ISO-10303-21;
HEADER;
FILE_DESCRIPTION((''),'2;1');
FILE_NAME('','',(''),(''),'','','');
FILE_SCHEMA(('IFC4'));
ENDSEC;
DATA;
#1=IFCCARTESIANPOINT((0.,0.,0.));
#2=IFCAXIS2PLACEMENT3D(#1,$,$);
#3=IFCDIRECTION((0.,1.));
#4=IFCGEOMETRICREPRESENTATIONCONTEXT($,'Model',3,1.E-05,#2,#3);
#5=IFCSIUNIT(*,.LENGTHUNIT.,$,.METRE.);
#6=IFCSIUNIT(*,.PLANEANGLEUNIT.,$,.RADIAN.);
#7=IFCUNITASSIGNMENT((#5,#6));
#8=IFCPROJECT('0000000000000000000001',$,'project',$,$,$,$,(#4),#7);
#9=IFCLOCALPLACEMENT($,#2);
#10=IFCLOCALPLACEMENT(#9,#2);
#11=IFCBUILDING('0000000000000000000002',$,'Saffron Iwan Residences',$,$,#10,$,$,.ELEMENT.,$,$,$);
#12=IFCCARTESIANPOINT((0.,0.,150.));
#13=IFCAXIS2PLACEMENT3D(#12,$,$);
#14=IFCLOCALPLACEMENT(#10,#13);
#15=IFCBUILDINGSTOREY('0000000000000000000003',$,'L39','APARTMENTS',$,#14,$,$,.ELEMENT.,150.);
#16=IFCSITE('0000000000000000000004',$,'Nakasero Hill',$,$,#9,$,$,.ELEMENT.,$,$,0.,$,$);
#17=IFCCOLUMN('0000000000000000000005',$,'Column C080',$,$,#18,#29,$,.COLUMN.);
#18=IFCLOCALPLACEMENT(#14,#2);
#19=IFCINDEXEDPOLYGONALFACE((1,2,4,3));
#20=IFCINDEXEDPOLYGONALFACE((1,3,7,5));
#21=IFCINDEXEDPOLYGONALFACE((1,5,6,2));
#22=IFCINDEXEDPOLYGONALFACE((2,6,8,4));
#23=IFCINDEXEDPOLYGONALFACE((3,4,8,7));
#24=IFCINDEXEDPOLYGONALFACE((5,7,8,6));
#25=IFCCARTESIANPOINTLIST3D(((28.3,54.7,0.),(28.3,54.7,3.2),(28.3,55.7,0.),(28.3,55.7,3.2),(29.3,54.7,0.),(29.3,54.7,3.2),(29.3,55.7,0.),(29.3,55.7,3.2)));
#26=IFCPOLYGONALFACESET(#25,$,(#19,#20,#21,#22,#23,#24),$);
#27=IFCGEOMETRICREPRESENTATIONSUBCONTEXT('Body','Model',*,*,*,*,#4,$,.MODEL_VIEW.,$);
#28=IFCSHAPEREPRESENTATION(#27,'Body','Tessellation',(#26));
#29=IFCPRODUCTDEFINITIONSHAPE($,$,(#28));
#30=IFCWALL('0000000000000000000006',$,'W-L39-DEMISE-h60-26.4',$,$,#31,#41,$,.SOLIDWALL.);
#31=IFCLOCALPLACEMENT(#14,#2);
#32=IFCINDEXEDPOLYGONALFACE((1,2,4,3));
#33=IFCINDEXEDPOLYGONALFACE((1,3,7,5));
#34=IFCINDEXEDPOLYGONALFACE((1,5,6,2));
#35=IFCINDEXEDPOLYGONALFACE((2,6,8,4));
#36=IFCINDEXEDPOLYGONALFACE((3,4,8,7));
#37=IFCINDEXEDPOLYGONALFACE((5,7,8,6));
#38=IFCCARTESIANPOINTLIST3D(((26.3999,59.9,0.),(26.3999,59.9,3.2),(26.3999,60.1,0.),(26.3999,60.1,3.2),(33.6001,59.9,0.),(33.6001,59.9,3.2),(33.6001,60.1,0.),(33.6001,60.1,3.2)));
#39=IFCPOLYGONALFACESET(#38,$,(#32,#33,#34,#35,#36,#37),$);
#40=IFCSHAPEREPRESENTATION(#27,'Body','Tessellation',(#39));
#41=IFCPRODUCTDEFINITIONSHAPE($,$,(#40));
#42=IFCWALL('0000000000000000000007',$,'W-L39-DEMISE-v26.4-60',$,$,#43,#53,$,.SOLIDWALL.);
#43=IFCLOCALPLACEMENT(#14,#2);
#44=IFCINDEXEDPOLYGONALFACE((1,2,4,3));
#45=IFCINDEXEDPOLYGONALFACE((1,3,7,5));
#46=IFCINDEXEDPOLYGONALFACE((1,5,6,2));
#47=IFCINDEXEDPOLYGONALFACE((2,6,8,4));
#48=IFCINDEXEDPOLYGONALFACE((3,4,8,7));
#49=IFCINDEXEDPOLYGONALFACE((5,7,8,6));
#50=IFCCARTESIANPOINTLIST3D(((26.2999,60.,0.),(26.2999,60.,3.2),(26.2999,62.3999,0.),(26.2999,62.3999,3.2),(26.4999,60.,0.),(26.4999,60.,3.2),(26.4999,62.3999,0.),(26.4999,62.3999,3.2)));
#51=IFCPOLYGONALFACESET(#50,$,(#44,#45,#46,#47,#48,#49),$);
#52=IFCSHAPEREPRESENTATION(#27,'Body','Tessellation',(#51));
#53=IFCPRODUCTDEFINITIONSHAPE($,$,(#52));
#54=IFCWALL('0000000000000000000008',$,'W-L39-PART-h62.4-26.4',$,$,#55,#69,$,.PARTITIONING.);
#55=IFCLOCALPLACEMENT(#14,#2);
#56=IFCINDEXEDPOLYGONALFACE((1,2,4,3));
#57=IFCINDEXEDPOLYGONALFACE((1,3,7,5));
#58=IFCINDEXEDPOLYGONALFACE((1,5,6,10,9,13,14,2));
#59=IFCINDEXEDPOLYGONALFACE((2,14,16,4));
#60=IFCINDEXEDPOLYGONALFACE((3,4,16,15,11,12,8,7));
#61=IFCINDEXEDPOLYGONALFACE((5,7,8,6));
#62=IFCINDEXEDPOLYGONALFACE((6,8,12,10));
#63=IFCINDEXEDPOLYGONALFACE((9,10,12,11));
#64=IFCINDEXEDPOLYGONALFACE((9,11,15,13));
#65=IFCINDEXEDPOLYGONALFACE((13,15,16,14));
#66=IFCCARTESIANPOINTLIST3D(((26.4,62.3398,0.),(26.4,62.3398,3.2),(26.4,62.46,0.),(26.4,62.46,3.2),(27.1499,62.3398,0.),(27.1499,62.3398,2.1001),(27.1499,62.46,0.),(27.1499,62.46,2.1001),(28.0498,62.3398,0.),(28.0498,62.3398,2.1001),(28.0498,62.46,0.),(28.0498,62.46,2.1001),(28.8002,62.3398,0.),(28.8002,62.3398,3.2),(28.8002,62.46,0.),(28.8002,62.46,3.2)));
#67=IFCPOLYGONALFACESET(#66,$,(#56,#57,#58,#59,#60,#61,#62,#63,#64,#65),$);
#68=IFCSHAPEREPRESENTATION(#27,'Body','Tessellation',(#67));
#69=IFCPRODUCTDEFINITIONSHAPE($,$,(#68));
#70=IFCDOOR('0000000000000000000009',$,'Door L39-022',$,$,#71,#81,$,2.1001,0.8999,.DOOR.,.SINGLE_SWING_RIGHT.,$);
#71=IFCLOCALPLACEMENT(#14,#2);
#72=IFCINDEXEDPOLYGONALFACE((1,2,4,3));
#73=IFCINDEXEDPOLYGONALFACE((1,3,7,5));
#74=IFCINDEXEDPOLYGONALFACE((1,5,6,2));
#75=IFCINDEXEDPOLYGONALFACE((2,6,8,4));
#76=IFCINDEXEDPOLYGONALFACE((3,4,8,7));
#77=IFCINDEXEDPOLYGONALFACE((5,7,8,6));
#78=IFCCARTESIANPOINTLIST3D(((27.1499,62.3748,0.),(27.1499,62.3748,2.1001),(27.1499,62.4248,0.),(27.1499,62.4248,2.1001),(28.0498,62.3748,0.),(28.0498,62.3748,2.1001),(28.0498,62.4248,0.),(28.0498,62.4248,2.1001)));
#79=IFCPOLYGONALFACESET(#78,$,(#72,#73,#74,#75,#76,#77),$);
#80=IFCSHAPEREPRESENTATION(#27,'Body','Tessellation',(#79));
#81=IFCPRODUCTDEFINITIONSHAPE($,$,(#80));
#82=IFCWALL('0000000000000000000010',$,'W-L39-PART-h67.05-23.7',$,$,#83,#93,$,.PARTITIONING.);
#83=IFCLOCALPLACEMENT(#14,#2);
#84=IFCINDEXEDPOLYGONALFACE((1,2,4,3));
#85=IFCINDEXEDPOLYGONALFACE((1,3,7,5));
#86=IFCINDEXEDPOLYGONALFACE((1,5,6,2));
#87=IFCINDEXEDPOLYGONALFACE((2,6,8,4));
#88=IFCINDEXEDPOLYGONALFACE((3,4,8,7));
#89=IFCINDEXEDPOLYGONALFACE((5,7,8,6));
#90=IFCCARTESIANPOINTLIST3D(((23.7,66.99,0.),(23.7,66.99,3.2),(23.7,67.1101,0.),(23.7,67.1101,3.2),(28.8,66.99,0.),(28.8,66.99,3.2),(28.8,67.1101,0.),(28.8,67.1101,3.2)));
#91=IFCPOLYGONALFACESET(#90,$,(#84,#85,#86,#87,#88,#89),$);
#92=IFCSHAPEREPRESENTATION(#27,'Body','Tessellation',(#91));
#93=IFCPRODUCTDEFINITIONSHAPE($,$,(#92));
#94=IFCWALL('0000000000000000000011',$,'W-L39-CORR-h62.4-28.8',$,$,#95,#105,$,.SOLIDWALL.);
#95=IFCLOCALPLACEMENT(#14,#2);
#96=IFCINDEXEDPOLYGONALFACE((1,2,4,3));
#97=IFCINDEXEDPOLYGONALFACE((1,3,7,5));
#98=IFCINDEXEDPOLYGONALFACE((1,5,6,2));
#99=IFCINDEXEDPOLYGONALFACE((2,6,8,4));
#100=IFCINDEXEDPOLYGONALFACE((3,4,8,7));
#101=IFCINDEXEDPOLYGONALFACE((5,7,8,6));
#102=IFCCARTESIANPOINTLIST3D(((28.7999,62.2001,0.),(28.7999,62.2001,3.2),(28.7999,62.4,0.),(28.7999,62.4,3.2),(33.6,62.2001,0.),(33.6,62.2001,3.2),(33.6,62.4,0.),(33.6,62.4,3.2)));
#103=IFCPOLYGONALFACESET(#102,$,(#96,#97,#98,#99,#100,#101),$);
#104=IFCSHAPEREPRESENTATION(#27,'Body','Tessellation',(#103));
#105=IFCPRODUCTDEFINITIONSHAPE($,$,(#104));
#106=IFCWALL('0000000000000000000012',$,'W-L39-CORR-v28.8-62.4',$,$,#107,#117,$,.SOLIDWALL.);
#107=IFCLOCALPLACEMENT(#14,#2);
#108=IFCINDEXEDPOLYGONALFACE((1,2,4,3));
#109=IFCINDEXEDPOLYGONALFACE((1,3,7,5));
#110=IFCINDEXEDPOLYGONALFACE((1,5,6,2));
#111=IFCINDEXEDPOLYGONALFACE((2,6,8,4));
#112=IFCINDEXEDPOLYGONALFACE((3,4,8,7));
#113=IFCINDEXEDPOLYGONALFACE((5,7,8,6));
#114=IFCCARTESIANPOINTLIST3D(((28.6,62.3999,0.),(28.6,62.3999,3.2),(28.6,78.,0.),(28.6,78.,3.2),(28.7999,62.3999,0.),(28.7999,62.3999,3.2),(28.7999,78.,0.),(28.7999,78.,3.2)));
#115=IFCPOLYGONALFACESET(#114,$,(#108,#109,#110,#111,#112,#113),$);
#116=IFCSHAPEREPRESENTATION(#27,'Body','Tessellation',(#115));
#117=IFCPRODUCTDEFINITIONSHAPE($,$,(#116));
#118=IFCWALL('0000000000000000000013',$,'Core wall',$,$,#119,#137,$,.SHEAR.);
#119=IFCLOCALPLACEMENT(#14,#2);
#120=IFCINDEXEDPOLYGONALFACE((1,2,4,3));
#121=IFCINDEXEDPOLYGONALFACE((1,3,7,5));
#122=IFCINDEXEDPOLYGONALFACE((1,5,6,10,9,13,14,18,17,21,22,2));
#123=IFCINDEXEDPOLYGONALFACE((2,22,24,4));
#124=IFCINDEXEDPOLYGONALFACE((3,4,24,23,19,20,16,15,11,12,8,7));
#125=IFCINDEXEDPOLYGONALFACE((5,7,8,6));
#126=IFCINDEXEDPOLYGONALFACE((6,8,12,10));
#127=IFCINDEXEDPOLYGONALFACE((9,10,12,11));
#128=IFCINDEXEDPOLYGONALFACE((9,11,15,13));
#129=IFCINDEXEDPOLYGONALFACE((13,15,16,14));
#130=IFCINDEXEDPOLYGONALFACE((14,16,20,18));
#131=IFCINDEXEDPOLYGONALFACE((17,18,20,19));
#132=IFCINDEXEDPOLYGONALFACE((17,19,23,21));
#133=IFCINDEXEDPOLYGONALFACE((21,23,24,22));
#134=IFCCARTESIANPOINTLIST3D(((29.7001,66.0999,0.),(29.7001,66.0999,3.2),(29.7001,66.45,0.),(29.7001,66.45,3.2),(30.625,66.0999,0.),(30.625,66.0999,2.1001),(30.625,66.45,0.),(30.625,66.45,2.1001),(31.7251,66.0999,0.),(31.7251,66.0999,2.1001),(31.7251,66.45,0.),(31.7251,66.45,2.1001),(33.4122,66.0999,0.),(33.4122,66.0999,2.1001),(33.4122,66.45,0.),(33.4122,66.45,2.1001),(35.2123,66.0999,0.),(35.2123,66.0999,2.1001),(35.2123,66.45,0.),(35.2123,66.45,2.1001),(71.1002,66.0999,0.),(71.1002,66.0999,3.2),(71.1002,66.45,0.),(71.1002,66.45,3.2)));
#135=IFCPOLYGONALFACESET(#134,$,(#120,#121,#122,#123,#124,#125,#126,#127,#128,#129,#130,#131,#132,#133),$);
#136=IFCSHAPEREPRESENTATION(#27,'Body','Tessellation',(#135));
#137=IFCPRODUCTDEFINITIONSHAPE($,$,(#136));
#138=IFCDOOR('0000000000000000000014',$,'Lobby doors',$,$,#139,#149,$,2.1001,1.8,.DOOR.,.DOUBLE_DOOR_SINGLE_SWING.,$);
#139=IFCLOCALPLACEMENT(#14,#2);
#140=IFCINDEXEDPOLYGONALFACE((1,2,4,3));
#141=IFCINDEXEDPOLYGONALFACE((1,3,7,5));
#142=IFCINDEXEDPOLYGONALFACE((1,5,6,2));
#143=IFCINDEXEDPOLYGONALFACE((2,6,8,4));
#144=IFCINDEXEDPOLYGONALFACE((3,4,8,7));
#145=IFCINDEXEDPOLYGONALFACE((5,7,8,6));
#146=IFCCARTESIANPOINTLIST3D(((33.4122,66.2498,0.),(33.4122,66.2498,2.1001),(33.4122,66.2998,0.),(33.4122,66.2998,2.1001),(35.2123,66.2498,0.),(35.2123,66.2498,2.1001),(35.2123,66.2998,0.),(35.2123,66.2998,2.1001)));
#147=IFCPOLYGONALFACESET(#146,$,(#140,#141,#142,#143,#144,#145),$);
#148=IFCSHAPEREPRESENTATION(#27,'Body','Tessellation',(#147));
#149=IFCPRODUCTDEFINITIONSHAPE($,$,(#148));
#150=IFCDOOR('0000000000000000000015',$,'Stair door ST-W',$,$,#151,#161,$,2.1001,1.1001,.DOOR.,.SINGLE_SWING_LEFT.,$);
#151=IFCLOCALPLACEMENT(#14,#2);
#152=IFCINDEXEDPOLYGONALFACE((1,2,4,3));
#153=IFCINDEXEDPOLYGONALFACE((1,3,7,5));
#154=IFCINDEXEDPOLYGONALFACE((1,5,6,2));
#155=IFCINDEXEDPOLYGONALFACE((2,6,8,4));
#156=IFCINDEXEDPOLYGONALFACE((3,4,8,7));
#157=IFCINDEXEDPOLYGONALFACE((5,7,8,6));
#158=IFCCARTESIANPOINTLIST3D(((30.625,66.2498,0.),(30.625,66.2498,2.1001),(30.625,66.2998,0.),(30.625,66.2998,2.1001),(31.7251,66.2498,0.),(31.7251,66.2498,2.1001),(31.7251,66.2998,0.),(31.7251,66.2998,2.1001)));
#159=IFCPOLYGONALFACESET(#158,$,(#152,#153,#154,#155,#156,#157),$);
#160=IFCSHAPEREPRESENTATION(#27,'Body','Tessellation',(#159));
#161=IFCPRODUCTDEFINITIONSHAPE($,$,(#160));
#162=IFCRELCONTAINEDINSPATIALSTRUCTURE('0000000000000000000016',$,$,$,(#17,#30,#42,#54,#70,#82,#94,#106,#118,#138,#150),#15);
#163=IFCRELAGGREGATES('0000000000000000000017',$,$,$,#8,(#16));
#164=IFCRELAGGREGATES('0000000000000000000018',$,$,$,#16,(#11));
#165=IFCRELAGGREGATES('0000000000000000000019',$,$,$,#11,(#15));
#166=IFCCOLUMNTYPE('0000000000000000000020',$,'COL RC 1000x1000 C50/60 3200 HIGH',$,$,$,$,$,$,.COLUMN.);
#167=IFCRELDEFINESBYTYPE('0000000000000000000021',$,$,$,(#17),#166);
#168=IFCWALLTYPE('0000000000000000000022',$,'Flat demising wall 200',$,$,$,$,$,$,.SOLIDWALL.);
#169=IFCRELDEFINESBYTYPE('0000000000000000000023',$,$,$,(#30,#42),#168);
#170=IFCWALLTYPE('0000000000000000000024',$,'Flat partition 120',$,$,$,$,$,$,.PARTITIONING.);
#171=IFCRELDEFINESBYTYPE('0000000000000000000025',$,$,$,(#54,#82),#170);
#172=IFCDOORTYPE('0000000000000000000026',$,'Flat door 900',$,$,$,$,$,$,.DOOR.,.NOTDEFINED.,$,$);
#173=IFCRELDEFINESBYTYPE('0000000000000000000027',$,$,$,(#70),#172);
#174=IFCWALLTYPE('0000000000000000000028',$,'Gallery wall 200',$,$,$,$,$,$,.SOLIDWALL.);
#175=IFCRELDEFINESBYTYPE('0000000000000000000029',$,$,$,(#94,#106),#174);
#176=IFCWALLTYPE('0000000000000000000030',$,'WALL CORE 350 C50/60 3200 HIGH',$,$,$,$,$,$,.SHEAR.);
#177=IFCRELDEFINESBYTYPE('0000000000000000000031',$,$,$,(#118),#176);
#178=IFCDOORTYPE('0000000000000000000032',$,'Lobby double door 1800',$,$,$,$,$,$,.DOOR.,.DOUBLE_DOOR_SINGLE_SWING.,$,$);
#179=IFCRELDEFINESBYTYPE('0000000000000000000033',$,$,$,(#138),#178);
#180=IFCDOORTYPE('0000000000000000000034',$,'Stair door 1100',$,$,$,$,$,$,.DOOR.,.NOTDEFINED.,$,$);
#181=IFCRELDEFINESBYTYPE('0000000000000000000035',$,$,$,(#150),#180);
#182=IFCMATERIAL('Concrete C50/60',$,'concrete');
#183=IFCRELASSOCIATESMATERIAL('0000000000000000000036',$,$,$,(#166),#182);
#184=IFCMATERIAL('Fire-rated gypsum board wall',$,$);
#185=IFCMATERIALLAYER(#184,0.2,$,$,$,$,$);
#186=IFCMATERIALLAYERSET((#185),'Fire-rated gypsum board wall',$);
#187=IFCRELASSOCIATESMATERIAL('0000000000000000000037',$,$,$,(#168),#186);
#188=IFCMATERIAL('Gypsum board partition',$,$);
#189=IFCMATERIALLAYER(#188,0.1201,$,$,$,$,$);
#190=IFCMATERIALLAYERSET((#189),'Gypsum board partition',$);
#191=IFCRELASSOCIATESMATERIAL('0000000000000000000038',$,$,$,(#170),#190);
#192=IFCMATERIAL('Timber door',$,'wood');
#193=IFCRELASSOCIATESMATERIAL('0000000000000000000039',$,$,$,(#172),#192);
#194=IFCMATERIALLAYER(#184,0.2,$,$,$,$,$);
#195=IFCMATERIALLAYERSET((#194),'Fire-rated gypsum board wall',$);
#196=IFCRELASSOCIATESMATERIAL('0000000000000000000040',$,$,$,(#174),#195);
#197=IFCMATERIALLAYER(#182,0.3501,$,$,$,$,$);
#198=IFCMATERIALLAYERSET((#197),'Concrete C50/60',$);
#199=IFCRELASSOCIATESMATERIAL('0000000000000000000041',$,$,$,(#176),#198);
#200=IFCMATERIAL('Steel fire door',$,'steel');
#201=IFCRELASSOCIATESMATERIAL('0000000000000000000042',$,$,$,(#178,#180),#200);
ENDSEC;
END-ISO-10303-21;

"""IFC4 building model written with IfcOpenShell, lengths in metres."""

from ifc_helpers import new_model, si_unit, direction, frame, frame_2d, origin, origin_2d, place, context, subcontext, project, spatial, rectangle, extrude, source, transform, mapped, material, layer, layer_set, material_profile, profile_set, type_object, element, fill, save


model = new_model("IFC4")

# Units and contexts
model_context = context("Model", 3, precision=1e-05, world=origin(), true_north=direction((0.0, 1.0)))
body_context = subcontext(model_context, "Body", "Model", "MODEL_VIEW")
ifc_project = project(units=[si_unit("LENGTHUNIT", "METRE"), si_unit("PLANEANGLEUNIT", "RADIAN")], contexts=[model_context])

# Site, building, storey
site_placement = place(None, origin())
site = spatial("IfcSite", under=ifc_project, at=site_placement, Name="Nakasero Hill", CompositionType="ELEMENT", RefElevation=0.0)
building_placement = place(site_placement, origin())
building = spatial("IfcBuilding", under=site, at=building_placement, Name="Saffron Iwan Residences", CompositionType="ELEMENT")
storey_placement = place(building_placement, frame((0.0, 0.0, 150.0)))
storey = spatial("IfcBuildingStorey", under=building, at=storey_placement, Name="L39", Description="APARTMENTS", CompositionType="ELEMENT", Elevation=150.0)

# Column
ifc_material_1 = material(Name="Concrete C50/60", Category="concrete")
ifc_material_profile = material_profile(ifc_material_1, rectangle(XDim=1.0, YDim=1.0, at=origin_2d()), Name="RC 1000x1000")
ifc_profile_set = profile_set([ifc_material_profile], Name="Concrete C50/60")
column_type = type_object("IfcColumnType", Name="COL RC 1000x1000 C50/60 3200 HIGH", PredefinedType="COLUMN", material=ifc_profile_set)
shared_shape = source(origin(), body_context, "Body", "SweptSolid", [
    extrude(rectangle(XDim=1.0, YDim=1.0, at=origin_2d()), origin(), (0.0, 0.0, 1.0), 3.2),
])
column_placement = place(storey_placement, frame((28.8, 55.2, 0.0), z_axis=(0.0, 0.0, 1.0), x_axis=(1.0, 0.0, 0.0)))
element("IfcColumn", 1, at=column_placement, inside=storey, type_object=column_type, Name="Column C080", PredefinedType="COLUMN", context=body_context, shape_type="MappedRepresentation", body=[
    mapped(shared_shape, transform((0.0, 0.0, 0.0))),
])

# Walls
ifc_material_2 = material(Name="Fire-rated gypsum board wall")
ifc_layer_1 = layer(ifc_material_2, 0.2)
ifc_layer_set_1 = layer_set([ifc_layer_1], Name="Fire-rated gypsum board wall")
wall_type_1 = type_object("IfcWallType", Name="Flat demising wall 200", PredefinedType="SOLIDWALL", material=ifc_layer_set_1)
wall_1_placement = place(storey_placement, frame((26.3999, 60.0, 0.0), z_axis=(0.0, 0.0, 1.0), x_axis=(1.0, 0.0, 0.0)))
element("IfcWall", 2, at=wall_1_placement, inside=storey, type_object=wall_type_1, Name="W-L39-DEMISE-h60-26.4", PredefinedType="SOLIDWALL", context=body_context, shape_type="SweptSolid", body=[
    extrude(rectangle(XDim=7.2002, YDim=0.2, at=frame_2d((3.6001, 0.0))), origin(), (0.0, 0.0, 1.0), 3.2),
])
wall_2_placement = place(storey_placement, frame((26.3999, 60.0, 0.0), z_axis=(0.0, 0.0, 1.0), x_axis=(0.0, 1.0, 0.0)))
element("IfcWall", 3, at=wall_2_placement, inside=storey, type_object=wall_type_1, Name="W-L39-DEMISE-v26.4-60", PredefinedType="SOLIDWALL", context=body_context, shape_type="SweptSolid", body=[
    extrude(rectangle(XDim=2.3999, YDim=0.2, at=frame_2d((1.2, 0.0))), origin(), (0.0, 0.0, 1.0), 3.2),
])

# Wall, opening, door
ifc_material_3 = material(Name="Gypsum board partition")
ifc_layer_2 = layer(ifc_material_3, 0.1201)
ifc_layer_set_2 = layer_set([ifc_layer_2], Name="Gypsum board partition")
wall_type_2 = type_object("IfcWallType", Name="Flat partition 120", PredefinedType="PARTITIONING", material=ifc_layer_set_2)
wall_3_placement = place(storey_placement, frame((26.3999, 62.3999, 0.0), z_axis=(0.0, 0.0, 1.0), x_axis=(1.0, 0.0, 0.0)))
wall_3 = element("IfcWall", 4, at=wall_3_placement, inside=storey, type_object=wall_type_2, Name="W-L39-PART-h62.4-26.4", PredefinedType="PARTITIONING", context=body_context, shape_type="SweptSolid", body=[
    extrude(rectangle(XDim=2.4001, YDim=0.1201, at=frame_2d((1.2002, 0.0))), origin(), (0.0, 0.0, 1.0), 3.2),
])
opening_1_placement = place(wall_3_placement, frame((0.75, 0.0, 0.0)))
opening_1 = element("IfcOpeningElement", 5, at=opening_1_placement, cuts=wall_3, PredefinedType="OPENING", context=body_context, shape_type="SweptSolid", body=[
    extrude(rectangle(XDim=0.8999, YDim=2.1001, at=frame_2d((0.45, 1.05))), frame((0.0, 0.0701, 0.0), z_axis=(0.0, -1.0, 0.0), x_axis=(1.0, 0.0, 0.0)), (0.0, 0.0, 1.0), 0.1401),
])
ifc_material_4 = material(Name="Timber door", Category="wood")
door_type_1 = type_object("IfcDoorType", Name="Flat door 900", OperationType="NOTDEFINED", PredefinedType="DOOR", material=ifc_material_4)
door_1_placement = place(opening_1_placement, origin())
door_1 = element("IfcDoor", 6, at=door_1_placement, inside=storey, type_object=door_type_1, Name="Door L39-022", OperationType="SINGLE_SWING_RIGHT", OverallHeight=2.1001, OverallWidth=0.8999, PredefinedType="DOOR", context=body_context, shape_type="SweptSolid", body=[
    extrude(rectangle(XDim=0.8999, YDim=2.1001, at=frame_2d((0.45, 1.05))), frame((0.0, 0.0249, 0.0), z_axis=(0.0, -1.0, 0.0), x_axis=(1.0, 0.0, 0.0)), (0.0, 0.0, 1.0), 0.05),
])
fill(opening_1, door_1)

# Walls
wall_4_placement = place(storey_placement, frame((23.7, 67.05, 0.0), z_axis=(0.0, 0.0, 1.0), x_axis=(1.0, 0.0, 0.0)))
element("IfcWall", 7, at=wall_4_placement, inside=storey, type_object=wall_type_2, Name="W-L39-PART-h67.05-23.7", PredefinedType="PARTITIONING", context=body_context, shape_type="SweptSolid", body=[
    extrude(rectangle(XDim=5.1001, YDim=0.1201, at=frame_2d((2.55, 0.0))), origin(), (0.0, 0.0, 1.0), 3.2),
])
ifc_layer_3 = layer(ifc_material_2, 0.2)
ifc_layer_set_3 = layer_set([ifc_layer_3], Name="Fire-rated gypsum board wall")
wall_type_3 = type_object("IfcWallType", Name="Gallery wall 200", PredefinedType="SOLIDWALL", material=ifc_layer_set_3)
wall_5_placement = place(storey_placement, frame((28.8, 62.3, 0.0), z_axis=(0.0, 0.0, 1.0), x_axis=(1.0, 0.0, 0.0)))
element("IfcWall", 8, at=wall_5_placement, inside=storey, type_object=wall_type_3, Name="W-L39-CORR-h62.4-28.8", PredefinedType="SOLIDWALL", context=body_context, shape_type="SweptSolid", body=[
    extrude(rectangle(XDim=4.8, YDim=0.2, at=frame_2d((2.3999, 0.0))), origin(), (0.0, 0.0, 1.0), 3.2),
])
wall_6_placement = place(storey_placement, frame((28.7, 62.3999, 0.0), z_axis=(0.0, 0.0, 1.0), x_axis=(0.0, 1.0, 0.0)))
element("IfcWall", 9, at=wall_6_placement, inside=storey, type_object=wall_type_3, Name="W-L39-CORR-v28.8-62.4", PredefinedType="SOLIDWALL", context=body_context, shape_type="SweptSolid", body=[
    extrude(rectangle(XDim=15.6001, YDim=0.2, at=frame_2d((7.8, 0.0))), origin(), (0.0, 0.0, 1.0), 3.2),
])

# Wall, openings, doors
ifc_layer_4 = layer(ifc_material_1, 0.3501)
ifc_layer_set_4 = layer_set([ifc_layer_4], Name="Concrete C50/60")
wall_type_4 = type_object("IfcWallType", Name="WALL CORE 350 C50/60 3200 HIGH", PredefinedType="SHEAR", material=ifc_layer_set_4)
wall_7_placement = place(storey_placement, frame((29.7, 66.2749, 0.0), z_axis=(0.0, 0.0, 1.0), x_axis=(1.0, 0.0, 0.0)))
wall_7 = element("IfcWall", 10, at=wall_7_placement, inside=storey, type_object=wall_type_4, Name="Core wall", PredefinedType="SHEAR", context=body_context, shape_type="SweptSolid", body=[
    extrude(rectangle(XDim=41.4001, YDim=0.3501, at=frame_2d((20.7002, 0.0))), origin(), (0.0, 0.0, 1.0), 3.2),
])
opening_2_placement = place(wall_7_placement, frame((0.925, 0.0, 0.0)))
opening_2 = element("IfcOpeningElement", 11, at=opening_2_placement, cuts=wall_7, PredefinedType="OPENING", context=body_context, shape_type="SweptSolid", body=[
    extrude(rectangle(XDim=1.1001, YDim=2.1001, at=frame_2d((0.55, 1.05))), frame((0.0, 0.1851, 0.0), z_axis=(0.0, -1.0, 0.0), x_axis=(1.0, 0.0, 0.0)), (0.0, 0.0, 1.0), 0.3701),
])
opening_3_placement = place(wall_7_placement, frame((3.7124, 0.0, 0.0)))
opening_3 = element("IfcOpeningElement", 12, at=opening_3_placement, cuts=wall_7, PredefinedType="OPENING", context=body_context, shape_type="SweptSolid", body=[
    extrude(rectangle(XDim=1.8, YDim=2.1001, at=frame_2d((0.8999, 1.05))), frame((0.0, 0.1851, 0.0), z_axis=(0.0, -1.0, 0.0), x_axis=(1.0, 0.0, 0.0)), (0.0, 0.0, 1.0), 0.3701),
])
ifc_material_5 = material(Name="Steel fire door", Category="steel")
door_type_2 = type_object("IfcDoorType", Name="Lobby double door 1800", OperationType="DOUBLE_DOOR_SINGLE_SWING", PredefinedType="DOOR", material=ifc_material_5)
door_2_placement = place(opening_3_placement, origin())
door_2 = element("IfcDoor", 13, at=door_2_placement, inside=storey, type_object=door_type_2, Name="Lobby doors", OperationType="DOUBLE_DOOR_SINGLE_SWING", OverallHeight=2.1001, OverallWidth=1.8, PredefinedType="DOOR", context=body_context, shape_type="SweptSolid", body=[
    extrude(rectangle(XDim=1.8, YDim=2.1001, at=frame_2d((0.8999, 1.05))), frame((0.0, 0.0249, 0.0), z_axis=(0.0, -1.0, 0.0), x_axis=(1.0, 0.0, 0.0)), (0.0, 0.0, 1.0), 0.05),
])
fill(opening_3, door_2)
door_type_3 = type_object("IfcDoorType", Name="Stair door 1100", OperationType="NOTDEFINED", PredefinedType="DOOR", material=ifc_material_5)
door_3_placement = place(opening_2_placement, origin())
door_3 = element("IfcDoor", 14, at=door_3_placement, inside=storey, type_object=door_type_3, Name="Stair door ST-W", OperationType="SINGLE_SWING_LEFT", OverallHeight=2.1001, OverallWidth=1.1001, PredefinedType="DOOR", context=body_context, shape_type="SweptSolid", body=[
    extrude(rectangle(XDim=1.1001, YDim=2.1001, at=frame_2d((0.55, 1.05))), frame((0.0, 0.0249, 0.0), z_axis=(0.0, -1.0, 0.0), x_axis=(1.0, 0.0, 0.0)), (0.0, 0.0, 1.0), 0.05),
])
fill(opening_2, door_3)

save(model, "model.ifc")
